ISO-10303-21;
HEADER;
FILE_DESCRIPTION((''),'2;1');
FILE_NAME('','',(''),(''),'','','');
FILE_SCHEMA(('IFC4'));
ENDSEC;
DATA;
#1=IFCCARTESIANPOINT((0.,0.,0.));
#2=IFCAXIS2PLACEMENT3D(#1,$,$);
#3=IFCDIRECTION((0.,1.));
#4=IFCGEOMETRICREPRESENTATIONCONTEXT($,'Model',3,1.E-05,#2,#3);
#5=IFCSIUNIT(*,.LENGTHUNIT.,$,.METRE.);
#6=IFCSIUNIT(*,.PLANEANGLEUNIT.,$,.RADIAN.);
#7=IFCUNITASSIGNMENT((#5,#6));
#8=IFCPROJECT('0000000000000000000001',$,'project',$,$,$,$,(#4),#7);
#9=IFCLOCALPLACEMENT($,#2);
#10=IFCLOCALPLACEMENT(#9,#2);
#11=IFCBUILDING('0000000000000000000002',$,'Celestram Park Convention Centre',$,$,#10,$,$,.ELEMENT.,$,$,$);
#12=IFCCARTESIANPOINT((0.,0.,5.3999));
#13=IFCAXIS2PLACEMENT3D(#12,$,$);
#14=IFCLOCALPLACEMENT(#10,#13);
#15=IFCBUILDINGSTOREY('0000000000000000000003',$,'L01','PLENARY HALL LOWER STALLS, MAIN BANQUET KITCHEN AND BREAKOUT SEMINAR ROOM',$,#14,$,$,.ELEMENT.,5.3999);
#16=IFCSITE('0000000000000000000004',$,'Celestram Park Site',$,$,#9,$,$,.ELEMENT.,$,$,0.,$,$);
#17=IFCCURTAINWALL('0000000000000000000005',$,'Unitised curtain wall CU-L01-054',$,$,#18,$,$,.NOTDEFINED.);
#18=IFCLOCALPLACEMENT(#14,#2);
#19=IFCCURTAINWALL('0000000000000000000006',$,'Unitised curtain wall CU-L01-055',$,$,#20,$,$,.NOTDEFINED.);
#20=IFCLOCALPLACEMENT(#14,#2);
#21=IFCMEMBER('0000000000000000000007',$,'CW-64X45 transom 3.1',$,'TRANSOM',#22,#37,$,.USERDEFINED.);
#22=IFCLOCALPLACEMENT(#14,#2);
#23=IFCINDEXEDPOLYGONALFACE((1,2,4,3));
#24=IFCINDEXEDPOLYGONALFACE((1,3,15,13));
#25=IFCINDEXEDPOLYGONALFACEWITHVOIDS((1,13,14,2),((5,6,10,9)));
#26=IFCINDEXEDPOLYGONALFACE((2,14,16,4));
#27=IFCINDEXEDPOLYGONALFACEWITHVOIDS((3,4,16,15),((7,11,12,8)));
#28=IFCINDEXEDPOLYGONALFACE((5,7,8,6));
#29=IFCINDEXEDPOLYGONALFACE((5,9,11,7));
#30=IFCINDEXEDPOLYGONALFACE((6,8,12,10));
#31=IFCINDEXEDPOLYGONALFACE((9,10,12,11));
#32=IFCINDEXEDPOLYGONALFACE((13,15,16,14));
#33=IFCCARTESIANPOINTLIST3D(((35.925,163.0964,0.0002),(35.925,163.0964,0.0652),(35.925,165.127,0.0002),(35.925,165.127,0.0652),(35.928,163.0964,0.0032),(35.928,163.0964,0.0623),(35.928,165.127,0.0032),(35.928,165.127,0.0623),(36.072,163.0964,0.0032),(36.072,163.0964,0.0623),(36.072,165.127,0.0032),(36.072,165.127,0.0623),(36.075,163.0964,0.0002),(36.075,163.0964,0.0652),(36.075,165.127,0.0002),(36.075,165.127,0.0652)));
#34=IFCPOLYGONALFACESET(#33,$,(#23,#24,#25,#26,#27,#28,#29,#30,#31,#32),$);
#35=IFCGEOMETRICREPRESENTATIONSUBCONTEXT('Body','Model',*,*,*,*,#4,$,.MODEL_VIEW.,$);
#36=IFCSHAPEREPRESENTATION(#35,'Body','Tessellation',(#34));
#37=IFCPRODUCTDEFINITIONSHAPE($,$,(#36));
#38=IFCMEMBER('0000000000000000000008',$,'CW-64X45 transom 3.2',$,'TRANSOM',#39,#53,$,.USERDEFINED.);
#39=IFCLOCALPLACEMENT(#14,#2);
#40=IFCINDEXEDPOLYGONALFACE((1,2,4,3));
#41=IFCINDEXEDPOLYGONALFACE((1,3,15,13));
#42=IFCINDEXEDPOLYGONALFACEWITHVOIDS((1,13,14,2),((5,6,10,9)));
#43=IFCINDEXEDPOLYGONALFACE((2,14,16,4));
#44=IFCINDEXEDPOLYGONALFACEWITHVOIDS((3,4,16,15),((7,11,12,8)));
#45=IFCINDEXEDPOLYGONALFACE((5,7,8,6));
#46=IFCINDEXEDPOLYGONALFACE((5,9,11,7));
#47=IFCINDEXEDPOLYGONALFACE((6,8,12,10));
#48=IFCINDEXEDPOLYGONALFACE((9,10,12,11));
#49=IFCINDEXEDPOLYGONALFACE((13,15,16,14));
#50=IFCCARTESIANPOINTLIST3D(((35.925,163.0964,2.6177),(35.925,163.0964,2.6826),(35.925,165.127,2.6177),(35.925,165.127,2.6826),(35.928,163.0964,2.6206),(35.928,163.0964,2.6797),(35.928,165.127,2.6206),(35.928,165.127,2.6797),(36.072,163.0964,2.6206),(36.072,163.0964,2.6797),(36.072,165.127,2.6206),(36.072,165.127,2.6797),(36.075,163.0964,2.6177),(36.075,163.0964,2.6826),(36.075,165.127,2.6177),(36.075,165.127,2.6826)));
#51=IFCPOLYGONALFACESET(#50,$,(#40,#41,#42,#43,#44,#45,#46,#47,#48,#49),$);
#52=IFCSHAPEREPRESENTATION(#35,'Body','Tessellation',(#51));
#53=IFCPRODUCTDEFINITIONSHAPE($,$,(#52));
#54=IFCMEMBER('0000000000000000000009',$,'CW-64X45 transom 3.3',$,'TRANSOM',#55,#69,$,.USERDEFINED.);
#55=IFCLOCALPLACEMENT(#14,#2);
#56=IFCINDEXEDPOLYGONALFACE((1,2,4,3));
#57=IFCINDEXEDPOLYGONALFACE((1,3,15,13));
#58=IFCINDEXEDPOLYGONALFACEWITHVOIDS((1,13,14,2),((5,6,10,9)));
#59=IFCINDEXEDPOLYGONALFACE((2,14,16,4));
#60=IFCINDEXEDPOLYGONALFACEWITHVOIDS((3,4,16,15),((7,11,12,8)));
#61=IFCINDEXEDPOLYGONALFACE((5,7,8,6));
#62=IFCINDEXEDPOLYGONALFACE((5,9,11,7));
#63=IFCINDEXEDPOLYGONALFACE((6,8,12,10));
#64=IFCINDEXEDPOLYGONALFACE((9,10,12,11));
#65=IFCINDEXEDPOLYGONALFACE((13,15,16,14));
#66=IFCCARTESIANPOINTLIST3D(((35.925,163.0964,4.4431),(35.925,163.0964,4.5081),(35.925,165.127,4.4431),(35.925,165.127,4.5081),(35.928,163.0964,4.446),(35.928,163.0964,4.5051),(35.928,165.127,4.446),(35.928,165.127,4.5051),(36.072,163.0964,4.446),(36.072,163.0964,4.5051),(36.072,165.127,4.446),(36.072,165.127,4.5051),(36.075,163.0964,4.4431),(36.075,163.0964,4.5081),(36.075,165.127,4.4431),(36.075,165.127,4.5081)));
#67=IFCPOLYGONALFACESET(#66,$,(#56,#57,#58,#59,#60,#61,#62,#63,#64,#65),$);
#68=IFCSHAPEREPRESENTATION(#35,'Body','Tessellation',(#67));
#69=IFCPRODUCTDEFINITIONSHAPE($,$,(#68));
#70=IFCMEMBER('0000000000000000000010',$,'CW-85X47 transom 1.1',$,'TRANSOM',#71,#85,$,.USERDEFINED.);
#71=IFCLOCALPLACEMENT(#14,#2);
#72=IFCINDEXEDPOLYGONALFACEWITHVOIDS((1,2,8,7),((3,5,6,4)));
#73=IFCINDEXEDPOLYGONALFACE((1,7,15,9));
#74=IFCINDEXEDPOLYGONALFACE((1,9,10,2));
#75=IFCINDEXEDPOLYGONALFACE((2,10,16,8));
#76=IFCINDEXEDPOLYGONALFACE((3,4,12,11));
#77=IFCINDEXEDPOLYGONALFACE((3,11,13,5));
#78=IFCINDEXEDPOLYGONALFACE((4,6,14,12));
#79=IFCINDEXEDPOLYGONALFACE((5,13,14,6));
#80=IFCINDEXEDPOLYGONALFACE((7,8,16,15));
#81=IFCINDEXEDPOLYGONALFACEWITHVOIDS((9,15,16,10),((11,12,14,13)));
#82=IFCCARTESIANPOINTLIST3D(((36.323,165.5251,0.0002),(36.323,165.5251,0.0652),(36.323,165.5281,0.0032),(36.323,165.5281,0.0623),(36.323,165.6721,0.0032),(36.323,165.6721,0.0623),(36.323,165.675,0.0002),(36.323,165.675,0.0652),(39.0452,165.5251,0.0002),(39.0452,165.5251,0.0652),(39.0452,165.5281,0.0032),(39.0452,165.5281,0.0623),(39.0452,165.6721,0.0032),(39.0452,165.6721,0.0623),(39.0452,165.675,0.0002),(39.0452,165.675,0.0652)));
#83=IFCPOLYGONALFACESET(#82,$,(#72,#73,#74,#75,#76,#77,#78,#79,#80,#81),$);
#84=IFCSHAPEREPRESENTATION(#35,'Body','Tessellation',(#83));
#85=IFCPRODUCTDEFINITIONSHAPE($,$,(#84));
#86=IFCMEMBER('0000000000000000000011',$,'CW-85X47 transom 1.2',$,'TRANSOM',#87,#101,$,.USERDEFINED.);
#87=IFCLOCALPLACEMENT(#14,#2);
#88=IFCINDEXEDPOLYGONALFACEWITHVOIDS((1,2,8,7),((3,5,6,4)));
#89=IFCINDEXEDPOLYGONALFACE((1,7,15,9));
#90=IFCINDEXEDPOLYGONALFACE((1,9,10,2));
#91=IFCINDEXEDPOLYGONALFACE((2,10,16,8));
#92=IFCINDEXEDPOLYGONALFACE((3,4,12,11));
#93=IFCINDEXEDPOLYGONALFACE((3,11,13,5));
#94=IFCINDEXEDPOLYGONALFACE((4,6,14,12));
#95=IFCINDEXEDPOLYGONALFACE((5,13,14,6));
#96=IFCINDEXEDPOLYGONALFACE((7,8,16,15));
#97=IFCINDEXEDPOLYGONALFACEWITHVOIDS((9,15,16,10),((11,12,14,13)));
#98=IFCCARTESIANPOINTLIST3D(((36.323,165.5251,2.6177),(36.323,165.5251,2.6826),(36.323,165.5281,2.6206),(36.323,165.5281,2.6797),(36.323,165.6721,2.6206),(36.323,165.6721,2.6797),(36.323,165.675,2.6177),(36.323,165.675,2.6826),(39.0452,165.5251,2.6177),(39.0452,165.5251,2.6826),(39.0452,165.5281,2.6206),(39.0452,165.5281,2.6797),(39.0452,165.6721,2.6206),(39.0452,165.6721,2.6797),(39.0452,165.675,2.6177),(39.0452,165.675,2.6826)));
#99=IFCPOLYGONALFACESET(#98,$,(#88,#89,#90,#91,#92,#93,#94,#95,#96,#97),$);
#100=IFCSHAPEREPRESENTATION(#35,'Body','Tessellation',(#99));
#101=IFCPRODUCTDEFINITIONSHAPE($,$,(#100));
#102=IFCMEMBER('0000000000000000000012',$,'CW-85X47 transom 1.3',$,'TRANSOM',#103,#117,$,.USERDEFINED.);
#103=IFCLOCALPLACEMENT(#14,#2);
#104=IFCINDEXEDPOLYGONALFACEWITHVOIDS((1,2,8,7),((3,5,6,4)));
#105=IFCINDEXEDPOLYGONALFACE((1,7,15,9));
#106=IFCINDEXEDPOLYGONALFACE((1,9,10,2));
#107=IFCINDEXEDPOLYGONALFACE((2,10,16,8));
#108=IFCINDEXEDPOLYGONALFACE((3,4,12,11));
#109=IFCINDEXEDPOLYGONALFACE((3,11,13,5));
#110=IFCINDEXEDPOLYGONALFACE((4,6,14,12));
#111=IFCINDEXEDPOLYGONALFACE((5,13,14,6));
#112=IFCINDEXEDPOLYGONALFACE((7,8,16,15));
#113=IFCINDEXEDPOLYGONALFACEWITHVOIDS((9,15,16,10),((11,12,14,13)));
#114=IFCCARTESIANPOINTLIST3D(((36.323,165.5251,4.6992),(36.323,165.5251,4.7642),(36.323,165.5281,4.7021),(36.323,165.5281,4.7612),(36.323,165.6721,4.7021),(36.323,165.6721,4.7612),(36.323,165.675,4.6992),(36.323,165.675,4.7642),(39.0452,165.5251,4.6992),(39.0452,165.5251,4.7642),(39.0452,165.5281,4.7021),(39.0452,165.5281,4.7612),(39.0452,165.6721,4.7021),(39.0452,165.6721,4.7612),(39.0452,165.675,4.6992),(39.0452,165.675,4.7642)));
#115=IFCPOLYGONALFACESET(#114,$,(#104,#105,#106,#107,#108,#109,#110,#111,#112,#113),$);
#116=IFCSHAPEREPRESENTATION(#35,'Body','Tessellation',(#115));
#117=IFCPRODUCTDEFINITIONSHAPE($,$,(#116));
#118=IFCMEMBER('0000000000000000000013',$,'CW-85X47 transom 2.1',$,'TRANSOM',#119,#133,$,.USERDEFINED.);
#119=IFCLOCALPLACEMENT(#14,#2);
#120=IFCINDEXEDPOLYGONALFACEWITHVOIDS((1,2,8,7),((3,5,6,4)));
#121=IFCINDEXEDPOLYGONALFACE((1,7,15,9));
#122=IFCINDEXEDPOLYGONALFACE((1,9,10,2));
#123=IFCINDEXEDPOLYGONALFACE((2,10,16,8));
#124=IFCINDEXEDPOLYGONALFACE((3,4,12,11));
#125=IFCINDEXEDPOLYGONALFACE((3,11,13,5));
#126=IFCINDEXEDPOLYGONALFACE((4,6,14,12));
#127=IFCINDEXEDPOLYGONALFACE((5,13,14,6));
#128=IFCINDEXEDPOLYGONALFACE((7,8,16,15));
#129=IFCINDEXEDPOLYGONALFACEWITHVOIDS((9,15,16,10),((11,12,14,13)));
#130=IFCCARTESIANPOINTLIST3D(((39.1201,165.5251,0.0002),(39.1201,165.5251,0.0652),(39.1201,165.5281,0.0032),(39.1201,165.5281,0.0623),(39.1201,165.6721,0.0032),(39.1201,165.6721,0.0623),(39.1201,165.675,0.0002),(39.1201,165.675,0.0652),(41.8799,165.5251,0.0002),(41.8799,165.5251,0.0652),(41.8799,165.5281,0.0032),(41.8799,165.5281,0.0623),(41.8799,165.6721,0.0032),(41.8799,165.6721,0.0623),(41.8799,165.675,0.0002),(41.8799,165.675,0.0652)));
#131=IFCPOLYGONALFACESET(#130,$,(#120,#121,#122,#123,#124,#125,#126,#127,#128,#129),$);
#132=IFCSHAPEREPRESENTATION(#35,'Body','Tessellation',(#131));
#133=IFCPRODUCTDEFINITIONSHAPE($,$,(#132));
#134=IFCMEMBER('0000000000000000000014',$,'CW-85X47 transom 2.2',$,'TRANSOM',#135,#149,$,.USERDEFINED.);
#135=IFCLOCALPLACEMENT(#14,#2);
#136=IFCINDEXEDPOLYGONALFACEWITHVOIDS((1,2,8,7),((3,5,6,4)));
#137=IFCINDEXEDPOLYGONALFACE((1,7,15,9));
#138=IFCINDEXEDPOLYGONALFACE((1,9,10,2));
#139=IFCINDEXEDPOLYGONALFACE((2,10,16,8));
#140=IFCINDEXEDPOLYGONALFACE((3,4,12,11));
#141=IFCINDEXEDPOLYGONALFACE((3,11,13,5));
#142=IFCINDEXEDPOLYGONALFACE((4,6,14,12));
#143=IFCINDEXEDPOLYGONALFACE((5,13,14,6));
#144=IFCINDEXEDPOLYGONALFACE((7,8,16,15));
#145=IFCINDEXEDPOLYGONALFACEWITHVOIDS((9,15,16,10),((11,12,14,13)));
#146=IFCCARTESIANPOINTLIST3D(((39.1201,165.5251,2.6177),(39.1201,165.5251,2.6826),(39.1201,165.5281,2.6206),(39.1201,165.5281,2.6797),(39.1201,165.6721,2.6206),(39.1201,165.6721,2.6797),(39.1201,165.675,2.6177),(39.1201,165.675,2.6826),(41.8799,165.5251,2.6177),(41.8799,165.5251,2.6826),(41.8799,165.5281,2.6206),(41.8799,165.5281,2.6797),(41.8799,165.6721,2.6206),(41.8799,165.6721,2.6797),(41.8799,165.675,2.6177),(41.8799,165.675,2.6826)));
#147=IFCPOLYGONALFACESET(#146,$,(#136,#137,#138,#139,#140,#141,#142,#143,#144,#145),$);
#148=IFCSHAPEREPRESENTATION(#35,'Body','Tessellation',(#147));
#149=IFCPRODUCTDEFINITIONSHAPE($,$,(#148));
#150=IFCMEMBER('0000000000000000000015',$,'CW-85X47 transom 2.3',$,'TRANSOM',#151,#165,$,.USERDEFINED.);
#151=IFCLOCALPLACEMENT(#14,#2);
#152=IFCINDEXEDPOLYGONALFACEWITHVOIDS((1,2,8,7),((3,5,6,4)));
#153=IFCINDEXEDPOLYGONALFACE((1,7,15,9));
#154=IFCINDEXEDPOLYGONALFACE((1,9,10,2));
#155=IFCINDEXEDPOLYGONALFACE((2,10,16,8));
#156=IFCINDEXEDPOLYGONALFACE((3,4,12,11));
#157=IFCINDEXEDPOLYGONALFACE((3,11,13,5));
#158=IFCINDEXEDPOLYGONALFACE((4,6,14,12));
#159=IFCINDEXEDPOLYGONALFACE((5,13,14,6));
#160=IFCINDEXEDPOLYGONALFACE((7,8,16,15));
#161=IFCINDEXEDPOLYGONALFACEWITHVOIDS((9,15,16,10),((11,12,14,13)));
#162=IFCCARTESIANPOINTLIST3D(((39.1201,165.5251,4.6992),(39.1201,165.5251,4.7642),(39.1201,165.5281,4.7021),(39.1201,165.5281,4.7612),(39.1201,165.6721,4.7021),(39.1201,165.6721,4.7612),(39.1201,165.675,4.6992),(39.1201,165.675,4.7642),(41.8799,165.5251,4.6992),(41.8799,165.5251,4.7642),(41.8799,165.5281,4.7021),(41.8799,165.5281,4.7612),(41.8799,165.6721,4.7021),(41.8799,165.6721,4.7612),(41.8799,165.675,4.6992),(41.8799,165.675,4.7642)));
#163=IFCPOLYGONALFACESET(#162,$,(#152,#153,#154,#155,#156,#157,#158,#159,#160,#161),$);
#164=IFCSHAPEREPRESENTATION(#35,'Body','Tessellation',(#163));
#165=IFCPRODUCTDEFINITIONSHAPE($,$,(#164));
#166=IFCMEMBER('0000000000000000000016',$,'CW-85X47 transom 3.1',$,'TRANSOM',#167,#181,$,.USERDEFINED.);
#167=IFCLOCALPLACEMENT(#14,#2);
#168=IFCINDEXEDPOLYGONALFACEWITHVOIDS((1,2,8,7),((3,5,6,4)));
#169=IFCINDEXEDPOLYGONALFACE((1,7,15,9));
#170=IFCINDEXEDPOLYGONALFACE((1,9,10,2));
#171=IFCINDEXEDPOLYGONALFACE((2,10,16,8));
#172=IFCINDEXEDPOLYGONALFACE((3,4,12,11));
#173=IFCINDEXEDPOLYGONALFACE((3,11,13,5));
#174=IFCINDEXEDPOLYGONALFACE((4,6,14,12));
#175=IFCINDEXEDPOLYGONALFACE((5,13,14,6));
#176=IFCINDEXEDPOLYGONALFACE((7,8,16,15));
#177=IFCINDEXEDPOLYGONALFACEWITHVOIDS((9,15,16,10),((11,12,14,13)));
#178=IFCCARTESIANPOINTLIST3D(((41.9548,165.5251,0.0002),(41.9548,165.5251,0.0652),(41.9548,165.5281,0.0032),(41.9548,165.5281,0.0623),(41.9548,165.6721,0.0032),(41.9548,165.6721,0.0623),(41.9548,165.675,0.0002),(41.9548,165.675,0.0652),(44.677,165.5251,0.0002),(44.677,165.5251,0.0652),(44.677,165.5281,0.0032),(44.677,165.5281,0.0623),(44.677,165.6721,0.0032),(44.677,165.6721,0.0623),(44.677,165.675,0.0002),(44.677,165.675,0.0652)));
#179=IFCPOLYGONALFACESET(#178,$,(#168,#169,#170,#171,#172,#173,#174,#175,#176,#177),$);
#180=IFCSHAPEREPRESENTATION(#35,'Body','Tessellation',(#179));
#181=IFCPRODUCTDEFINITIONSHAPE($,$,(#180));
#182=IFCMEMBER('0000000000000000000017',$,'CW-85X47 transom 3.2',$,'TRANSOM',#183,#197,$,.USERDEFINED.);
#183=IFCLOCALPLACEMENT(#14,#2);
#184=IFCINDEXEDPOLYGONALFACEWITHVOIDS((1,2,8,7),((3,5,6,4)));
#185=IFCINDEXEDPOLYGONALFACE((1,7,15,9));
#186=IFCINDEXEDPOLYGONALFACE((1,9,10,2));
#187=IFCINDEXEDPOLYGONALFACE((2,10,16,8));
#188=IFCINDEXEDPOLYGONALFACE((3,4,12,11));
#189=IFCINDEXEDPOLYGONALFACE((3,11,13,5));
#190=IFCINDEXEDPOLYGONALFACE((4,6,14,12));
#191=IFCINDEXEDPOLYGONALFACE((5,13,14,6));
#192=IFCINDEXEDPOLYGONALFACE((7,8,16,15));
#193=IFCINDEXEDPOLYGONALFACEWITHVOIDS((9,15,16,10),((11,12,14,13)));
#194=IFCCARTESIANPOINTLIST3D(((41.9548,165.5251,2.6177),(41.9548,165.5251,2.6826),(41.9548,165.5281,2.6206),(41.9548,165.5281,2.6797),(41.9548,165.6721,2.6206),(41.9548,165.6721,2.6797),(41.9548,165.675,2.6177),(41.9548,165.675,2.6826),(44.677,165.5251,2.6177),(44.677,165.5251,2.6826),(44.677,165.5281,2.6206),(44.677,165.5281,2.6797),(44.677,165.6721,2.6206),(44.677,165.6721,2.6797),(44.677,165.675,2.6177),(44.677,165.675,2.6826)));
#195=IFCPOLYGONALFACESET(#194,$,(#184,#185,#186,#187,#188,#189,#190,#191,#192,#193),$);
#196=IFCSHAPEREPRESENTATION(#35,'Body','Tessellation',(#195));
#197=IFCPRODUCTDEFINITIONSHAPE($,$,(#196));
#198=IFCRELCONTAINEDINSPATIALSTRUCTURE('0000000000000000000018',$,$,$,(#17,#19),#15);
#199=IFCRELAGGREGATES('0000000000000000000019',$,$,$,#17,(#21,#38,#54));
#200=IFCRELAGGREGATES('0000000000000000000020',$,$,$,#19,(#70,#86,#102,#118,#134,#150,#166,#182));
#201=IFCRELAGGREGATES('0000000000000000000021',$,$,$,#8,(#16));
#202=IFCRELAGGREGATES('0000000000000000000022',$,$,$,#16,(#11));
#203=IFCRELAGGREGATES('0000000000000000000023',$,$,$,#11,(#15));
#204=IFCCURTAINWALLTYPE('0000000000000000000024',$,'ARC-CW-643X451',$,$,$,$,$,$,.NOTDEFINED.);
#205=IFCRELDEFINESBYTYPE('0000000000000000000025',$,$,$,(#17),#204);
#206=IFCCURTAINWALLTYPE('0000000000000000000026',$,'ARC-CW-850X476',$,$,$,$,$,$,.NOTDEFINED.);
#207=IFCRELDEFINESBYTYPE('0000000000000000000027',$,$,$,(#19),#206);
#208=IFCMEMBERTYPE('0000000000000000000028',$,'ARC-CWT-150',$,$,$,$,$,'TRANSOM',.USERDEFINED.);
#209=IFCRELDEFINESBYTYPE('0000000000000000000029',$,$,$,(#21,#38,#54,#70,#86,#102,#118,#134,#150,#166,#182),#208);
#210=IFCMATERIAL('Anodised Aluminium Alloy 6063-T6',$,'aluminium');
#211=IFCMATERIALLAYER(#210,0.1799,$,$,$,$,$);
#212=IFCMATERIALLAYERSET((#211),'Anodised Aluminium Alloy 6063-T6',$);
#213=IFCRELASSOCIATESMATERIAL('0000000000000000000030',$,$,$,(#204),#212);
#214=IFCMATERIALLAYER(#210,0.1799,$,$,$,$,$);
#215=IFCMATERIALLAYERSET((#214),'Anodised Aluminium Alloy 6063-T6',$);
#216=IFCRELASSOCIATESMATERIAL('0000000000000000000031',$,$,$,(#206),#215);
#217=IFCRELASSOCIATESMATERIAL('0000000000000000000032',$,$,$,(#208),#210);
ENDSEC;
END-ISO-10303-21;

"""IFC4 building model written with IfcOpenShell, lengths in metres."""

from ifc_helpers import new_model, si_unit, direction, frame, origin, origin_2d, place, context, subcontext, project, spatial, hollow_rectangle, extrude, material, layer, layer_set, material_profile, profile_set, type_object, element, aggregate, save


model = new_model("IFC4")

# Units and contexts
model_context = context("Model", 3, precision=1e-05, world=origin(), true_north=direction((0.0, 1.0)))
body_context = subcontext(model_context, "Body", "Model", "MODEL_VIEW")
ifc_project = project(units=[si_unit("LENGTHUNIT", "METRE"), si_unit("PLANEANGLEUNIT", "RADIAN")], contexts=[model_context])

# Site, building, storey
site_placement = place(None, origin())
site = spatial("IfcSite", under=ifc_project, at=site_placement, Name="Celestram Park Site", CompositionType="ELEMENT", RefElevation=0.0)
building_placement = place(site_placement, origin())
building = spatial("IfcBuilding", under=site, at=building_placement, Name="Celestram Park Convention Centre", CompositionType="ELEMENT")
storey_placement = place(building_placement, frame((0.0, 0.0, 5.3999)))
storey = spatial("IfcBuildingStorey", under=building, at=storey_placement, Name="L01", Description="PLENARY HALL LOWER STALLS, MAIN BANQUET KITCHEN AND BREAKOUT SEMINAR ROOM", CompositionType="ELEMENT", Elevation=5.3999)

# Curtain walls
ifc_material_1 = material(Name="Anodised Aluminium Alloy 6063-T6", Category="aluminium")
ifc_layer_1 = layer(ifc_material_1, 0.1799)
ifc_layer_set_1 = layer_set([ifc_layer_1], Name="Anodised Aluminium Alloy 6063-T6")
curtain_wall_type_1 = type_object("IfcCurtainWallType", Name="ARC-CW-643X451", PredefinedType="NOTDEFINED", material=ifc_layer_set_1)
curtain_wall_1_placement = place(storey_placement, origin())
curtain_wall_1 = element("IfcCurtainWall", 1, at=curtain_wall_1_placement, inside=storey, type_object=curtain_wall_type_1, Name="Unitised curtain wall CU-L01-054", PredefinedType="NOTDEFINED")
ifc_layer_2 = layer(ifc_material_1, 0.1799)
ifc_layer_set_2 = layer_set([ifc_layer_2], Name="Anodised Aluminium Alloy 6063-T6")
curtain_wall_type_2 = type_object("IfcCurtainWallType", Name="ARC-CW-850X476", PredefinedType="NOTDEFINED", material=ifc_layer_set_2)
curtain_wall_2_placement = place(storey_placement, origin())
curtain_wall_2 = element("IfcCurtainWall", 2, at=curtain_wall_2_placement, inside=storey, type_object=curtain_wall_type_2, Name="Unitised curtain wall CU-L01-055", PredefinedType="NOTDEFINED")

# Members
ifc_material_profile_1 = material_profile(ifc_material_1, hollow_rectangle(XDim=0.1499, YDim=0.0649, WallThickness=0.0029, at=origin_2d()), Name="ALU150X65X3")
ifc_profile_set_1 = profile_set([ifc_material_profile_1], Name="Anodised Aluminium Alloy 6063-T6")
member_type_1 = type_object("IfcMemberType", Name="ARC-CWT-150", ElementType="TRANSOM", PredefinedType="USERDEFINED", material=ifc_profile_set_1)
member_1_placement = place(storey_placement, frame((36.0, 163.0964, 0.0327), z_axis=(0.0, 1.0, 0.0), x_axis=(-1.0, 0.0, 0.0)))
member_1 = element("IfcMember", 3, at=member_1_placement, type_object=member_type_1, Name="CW-64X45 transom 3.1", ObjectType="TRANSOM", PredefinedType="USERDEFINED", context=body_context, shape_type="SweptSolid", body=[
    extrude(hollow_rectangle(XDim=0.1499, YDim=0.0649, WallThickness=0.0029, at=origin_2d()), origin(), (0.0, 0.0, 1.0), 2.0305),
])
member_2_placement = place(storey_placement, frame((36.0, 163.0964, 2.6501), z_axis=(0.0, 1.0, 0.0), x_axis=(-1.0, 0.0, 0.0)))
member_2 = element("IfcMember", 4, at=member_2_placement, type_object=member_type_1, Name="CW-64X45 transom 3.2", ObjectType="TRANSOM", PredefinedType="USERDEFINED", context=body_context, shape_type="SweptSolid", body=[
    extrude(hollow_rectangle(XDim=0.1499, YDim=0.0649, WallThickness=0.0029, at=origin_2d()), origin(), (0.0, 0.0, 1.0), 2.0305),
])
member_3_placement = place(storey_placement, frame((36.0, 163.0964, 4.4756), z_axis=(0.0, 1.0, 0.0), x_axis=(-1.0, 0.0, 0.0)))
member_3 = element("IfcMember", 5, at=member_3_placement, type_object=member_type_1, Name="CW-64X45 transom 3.3", ObjectType="TRANSOM", PredefinedType="USERDEFINED", context=body_context, shape_type="SweptSolid", body=[
    extrude(hollow_rectangle(XDim=0.1499, YDim=0.0649, WallThickness=0.0029, at=origin_2d()), origin(), (0.0, 0.0, 1.0), 2.0305),
])
member_4_placement = place(storey_placement, frame((36.323, 165.6001, 0.0327), z_axis=(1.0, 0.0, 0.0), x_axis=(0.0, 1.0, 0.0)))
member_4 = element("IfcMember", 6, at=member_4_placement, type_object=member_type_1, Name="CW-85X47 transom 1.1", ObjectType="TRANSOM", PredefinedType="USERDEFINED", context=body_context, shape_type="SweptSolid", body=[
    extrude(hollow_rectangle(XDim=0.1499, YDim=0.0649, WallThickness=0.0029, at=origin_2d()), origin(), (0.0, 0.0, 1.0), 2.7222),
])
member_5_placement = place(storey_placement, frame((36.323, 165.6001, 2.6501), z_axis=(1.0, 0.0, 0.0), x_axis=(0.0, 1.0, 0.0)))
member_5 = element("IfcMember", 7, at=member_5_placement, type_object=member_type_1, Name="CW-85X47 transom 1.2", ObjectType="TRANSOM", PredefinedType="USERDEFINED", context=body_context, shape_type="SweptSolid", body=[
    extrude(hollow_rectangle(XDim=0.1499, YDim=0.0649, WallThickness=0.0029, at=origin_2d()), origin(), (0.0, 0.0, 1.0), 2.7222),
])
member_6_placement = place(storey_placement, frame((36.323, 165.6001, 4.7317), z_axis=(1.0, 0.0, 0.0), x_axis=(0.0, 1.0, 0.0)))
member_6 = element("IfcMember", 8, at=member_6_placement, type_object=member_type_1, Name="CW-85X47 transom 1.3", ObjectType="TRANSOM", PredefinedType="USERDEFINED", context=body_context, shape_type="SweptSolid", body=[
    extrude(hollow_rectangle(XDim=0.1499, YDim=0.0649, WallThickness=0.0029, at=origin_2d()), origin(), (0.0, 0.0, 1.0), 2.7222),
])
member_7_placement = place(storey_placement, frame((39.1201, 165.6001, 0.0327), z_axis=(1.0, 0.0, 0.0), x_axis=(0.0, 1.0, 0.0)))
member_7 = element("IfcMember", 9, at=member_7_placement, type_object=member_type_1, Name="CW-85X47 transom 2.1", ObjectType="TRANSOM", PredefinedType="USERDEFINED", context=body_context, shape_type="SweptSolid", body=[
    extrude(hollow_rectangle(XDim=0.1499, YDim=0.0649, WallThickness=0.0029, at=origin_2d()), origin(), (0.0, 0.0, 1.0), 2.7598),
])
member_8_placement = place(storey_placement, frame((39.1201, 165.6001, 2.6501), z_axis=(1.0, 0.0, 0.0), x_axis=(0.0, 1.0, 0.0)))
member_8 = element("IfcMember", 10, at=member_8_placement, type_object=member_type_1, Name="CW-85X47 transom 2.2", ObjectType="TRANSOM", PredefinedType="USERDEFINED", context=body_context, shape_type="SweptSolid", body=[
    extrude(hollow_rectangle(XDim=0.1499, YDim=0.0649, WallThickness=0.0029, at=origin_2d()), origin(), (0.0, 0.0, 1.0), 2.7598),
])
member_9_placement = place(storey_placement, frame((39.1201, 165.6001, 4.7317), z_axis=(1.0, 0.0, 0.0), x_axis=(0.0, 1.0, 0.0)))
member_9 = element("IfcMember", 11, at=member_9_placement, type_object=member_type_1, Name="CW-85X47 transom 2.3", ObjectType="TRANSOM", PredefinedType="USERDEFINED", context=body_context, shape_type="SweptSolid", body=[
    extrude(hollow_rectangle(XDim=0.1499, YDim=0.0649, WallThickness=0.0029, at=origin_2d()), origin(), (0.0, 0.0, 1.0), 2.7598),
])
member_10_placement = place(storey_placement, frame((41.9548, 165.6001, 0.0327), z_axis=(1.0, 0.0, 0.0), x_axis=(0.0, 1.0, 0.0)))
member_10 = element("IfcMember", 12, at=member_10_placement, type_object=member_type_1, Name="CW-85X47 transom 3.1", ObjectType="TRANSOM", PredefinedType="USERDEFINED", context=body_context, shape_type="SweptSolid", body=[
    extrude(hollow_rectangle(XDim=0.1499, YDim=0.0649, WallThickness=0.0029, at=origin_2d()), origin(), (0.0, 0.0, 1.0), 2.7222),
])
member_11_placement = place(storey_placement, frame((41.9548, 165.6001, 2.6501), z_axis=(1.0, 0.0, 0.0), x_axis=(0.0, 1.0, 0.0)))
member_11 = element("IfcMember", 13, at=member_11_placement, type_object=member_type_1, Name="CW-85X47 transom 3.2", ObjectType="TRANSOM", PredefinedType="USERDEFINED", context=body_context, shape_type="SweptSolid", body=[
    extrude(hollow_rectangle(XDim=0.1499, YDim=0.0649, WallThickness=0.0029, at=origin_2d()), origin(), (0.0, 0.0, 1.0), 2.7222),
])

aggregate(curtain_wall_1, [member_1, member_2, member_3])
aggregate(curtain_wall_2, [member_4, member_5, member_6, member_7, member_8, member_9, member_10, member_11])

save(model, "model.ifc")
